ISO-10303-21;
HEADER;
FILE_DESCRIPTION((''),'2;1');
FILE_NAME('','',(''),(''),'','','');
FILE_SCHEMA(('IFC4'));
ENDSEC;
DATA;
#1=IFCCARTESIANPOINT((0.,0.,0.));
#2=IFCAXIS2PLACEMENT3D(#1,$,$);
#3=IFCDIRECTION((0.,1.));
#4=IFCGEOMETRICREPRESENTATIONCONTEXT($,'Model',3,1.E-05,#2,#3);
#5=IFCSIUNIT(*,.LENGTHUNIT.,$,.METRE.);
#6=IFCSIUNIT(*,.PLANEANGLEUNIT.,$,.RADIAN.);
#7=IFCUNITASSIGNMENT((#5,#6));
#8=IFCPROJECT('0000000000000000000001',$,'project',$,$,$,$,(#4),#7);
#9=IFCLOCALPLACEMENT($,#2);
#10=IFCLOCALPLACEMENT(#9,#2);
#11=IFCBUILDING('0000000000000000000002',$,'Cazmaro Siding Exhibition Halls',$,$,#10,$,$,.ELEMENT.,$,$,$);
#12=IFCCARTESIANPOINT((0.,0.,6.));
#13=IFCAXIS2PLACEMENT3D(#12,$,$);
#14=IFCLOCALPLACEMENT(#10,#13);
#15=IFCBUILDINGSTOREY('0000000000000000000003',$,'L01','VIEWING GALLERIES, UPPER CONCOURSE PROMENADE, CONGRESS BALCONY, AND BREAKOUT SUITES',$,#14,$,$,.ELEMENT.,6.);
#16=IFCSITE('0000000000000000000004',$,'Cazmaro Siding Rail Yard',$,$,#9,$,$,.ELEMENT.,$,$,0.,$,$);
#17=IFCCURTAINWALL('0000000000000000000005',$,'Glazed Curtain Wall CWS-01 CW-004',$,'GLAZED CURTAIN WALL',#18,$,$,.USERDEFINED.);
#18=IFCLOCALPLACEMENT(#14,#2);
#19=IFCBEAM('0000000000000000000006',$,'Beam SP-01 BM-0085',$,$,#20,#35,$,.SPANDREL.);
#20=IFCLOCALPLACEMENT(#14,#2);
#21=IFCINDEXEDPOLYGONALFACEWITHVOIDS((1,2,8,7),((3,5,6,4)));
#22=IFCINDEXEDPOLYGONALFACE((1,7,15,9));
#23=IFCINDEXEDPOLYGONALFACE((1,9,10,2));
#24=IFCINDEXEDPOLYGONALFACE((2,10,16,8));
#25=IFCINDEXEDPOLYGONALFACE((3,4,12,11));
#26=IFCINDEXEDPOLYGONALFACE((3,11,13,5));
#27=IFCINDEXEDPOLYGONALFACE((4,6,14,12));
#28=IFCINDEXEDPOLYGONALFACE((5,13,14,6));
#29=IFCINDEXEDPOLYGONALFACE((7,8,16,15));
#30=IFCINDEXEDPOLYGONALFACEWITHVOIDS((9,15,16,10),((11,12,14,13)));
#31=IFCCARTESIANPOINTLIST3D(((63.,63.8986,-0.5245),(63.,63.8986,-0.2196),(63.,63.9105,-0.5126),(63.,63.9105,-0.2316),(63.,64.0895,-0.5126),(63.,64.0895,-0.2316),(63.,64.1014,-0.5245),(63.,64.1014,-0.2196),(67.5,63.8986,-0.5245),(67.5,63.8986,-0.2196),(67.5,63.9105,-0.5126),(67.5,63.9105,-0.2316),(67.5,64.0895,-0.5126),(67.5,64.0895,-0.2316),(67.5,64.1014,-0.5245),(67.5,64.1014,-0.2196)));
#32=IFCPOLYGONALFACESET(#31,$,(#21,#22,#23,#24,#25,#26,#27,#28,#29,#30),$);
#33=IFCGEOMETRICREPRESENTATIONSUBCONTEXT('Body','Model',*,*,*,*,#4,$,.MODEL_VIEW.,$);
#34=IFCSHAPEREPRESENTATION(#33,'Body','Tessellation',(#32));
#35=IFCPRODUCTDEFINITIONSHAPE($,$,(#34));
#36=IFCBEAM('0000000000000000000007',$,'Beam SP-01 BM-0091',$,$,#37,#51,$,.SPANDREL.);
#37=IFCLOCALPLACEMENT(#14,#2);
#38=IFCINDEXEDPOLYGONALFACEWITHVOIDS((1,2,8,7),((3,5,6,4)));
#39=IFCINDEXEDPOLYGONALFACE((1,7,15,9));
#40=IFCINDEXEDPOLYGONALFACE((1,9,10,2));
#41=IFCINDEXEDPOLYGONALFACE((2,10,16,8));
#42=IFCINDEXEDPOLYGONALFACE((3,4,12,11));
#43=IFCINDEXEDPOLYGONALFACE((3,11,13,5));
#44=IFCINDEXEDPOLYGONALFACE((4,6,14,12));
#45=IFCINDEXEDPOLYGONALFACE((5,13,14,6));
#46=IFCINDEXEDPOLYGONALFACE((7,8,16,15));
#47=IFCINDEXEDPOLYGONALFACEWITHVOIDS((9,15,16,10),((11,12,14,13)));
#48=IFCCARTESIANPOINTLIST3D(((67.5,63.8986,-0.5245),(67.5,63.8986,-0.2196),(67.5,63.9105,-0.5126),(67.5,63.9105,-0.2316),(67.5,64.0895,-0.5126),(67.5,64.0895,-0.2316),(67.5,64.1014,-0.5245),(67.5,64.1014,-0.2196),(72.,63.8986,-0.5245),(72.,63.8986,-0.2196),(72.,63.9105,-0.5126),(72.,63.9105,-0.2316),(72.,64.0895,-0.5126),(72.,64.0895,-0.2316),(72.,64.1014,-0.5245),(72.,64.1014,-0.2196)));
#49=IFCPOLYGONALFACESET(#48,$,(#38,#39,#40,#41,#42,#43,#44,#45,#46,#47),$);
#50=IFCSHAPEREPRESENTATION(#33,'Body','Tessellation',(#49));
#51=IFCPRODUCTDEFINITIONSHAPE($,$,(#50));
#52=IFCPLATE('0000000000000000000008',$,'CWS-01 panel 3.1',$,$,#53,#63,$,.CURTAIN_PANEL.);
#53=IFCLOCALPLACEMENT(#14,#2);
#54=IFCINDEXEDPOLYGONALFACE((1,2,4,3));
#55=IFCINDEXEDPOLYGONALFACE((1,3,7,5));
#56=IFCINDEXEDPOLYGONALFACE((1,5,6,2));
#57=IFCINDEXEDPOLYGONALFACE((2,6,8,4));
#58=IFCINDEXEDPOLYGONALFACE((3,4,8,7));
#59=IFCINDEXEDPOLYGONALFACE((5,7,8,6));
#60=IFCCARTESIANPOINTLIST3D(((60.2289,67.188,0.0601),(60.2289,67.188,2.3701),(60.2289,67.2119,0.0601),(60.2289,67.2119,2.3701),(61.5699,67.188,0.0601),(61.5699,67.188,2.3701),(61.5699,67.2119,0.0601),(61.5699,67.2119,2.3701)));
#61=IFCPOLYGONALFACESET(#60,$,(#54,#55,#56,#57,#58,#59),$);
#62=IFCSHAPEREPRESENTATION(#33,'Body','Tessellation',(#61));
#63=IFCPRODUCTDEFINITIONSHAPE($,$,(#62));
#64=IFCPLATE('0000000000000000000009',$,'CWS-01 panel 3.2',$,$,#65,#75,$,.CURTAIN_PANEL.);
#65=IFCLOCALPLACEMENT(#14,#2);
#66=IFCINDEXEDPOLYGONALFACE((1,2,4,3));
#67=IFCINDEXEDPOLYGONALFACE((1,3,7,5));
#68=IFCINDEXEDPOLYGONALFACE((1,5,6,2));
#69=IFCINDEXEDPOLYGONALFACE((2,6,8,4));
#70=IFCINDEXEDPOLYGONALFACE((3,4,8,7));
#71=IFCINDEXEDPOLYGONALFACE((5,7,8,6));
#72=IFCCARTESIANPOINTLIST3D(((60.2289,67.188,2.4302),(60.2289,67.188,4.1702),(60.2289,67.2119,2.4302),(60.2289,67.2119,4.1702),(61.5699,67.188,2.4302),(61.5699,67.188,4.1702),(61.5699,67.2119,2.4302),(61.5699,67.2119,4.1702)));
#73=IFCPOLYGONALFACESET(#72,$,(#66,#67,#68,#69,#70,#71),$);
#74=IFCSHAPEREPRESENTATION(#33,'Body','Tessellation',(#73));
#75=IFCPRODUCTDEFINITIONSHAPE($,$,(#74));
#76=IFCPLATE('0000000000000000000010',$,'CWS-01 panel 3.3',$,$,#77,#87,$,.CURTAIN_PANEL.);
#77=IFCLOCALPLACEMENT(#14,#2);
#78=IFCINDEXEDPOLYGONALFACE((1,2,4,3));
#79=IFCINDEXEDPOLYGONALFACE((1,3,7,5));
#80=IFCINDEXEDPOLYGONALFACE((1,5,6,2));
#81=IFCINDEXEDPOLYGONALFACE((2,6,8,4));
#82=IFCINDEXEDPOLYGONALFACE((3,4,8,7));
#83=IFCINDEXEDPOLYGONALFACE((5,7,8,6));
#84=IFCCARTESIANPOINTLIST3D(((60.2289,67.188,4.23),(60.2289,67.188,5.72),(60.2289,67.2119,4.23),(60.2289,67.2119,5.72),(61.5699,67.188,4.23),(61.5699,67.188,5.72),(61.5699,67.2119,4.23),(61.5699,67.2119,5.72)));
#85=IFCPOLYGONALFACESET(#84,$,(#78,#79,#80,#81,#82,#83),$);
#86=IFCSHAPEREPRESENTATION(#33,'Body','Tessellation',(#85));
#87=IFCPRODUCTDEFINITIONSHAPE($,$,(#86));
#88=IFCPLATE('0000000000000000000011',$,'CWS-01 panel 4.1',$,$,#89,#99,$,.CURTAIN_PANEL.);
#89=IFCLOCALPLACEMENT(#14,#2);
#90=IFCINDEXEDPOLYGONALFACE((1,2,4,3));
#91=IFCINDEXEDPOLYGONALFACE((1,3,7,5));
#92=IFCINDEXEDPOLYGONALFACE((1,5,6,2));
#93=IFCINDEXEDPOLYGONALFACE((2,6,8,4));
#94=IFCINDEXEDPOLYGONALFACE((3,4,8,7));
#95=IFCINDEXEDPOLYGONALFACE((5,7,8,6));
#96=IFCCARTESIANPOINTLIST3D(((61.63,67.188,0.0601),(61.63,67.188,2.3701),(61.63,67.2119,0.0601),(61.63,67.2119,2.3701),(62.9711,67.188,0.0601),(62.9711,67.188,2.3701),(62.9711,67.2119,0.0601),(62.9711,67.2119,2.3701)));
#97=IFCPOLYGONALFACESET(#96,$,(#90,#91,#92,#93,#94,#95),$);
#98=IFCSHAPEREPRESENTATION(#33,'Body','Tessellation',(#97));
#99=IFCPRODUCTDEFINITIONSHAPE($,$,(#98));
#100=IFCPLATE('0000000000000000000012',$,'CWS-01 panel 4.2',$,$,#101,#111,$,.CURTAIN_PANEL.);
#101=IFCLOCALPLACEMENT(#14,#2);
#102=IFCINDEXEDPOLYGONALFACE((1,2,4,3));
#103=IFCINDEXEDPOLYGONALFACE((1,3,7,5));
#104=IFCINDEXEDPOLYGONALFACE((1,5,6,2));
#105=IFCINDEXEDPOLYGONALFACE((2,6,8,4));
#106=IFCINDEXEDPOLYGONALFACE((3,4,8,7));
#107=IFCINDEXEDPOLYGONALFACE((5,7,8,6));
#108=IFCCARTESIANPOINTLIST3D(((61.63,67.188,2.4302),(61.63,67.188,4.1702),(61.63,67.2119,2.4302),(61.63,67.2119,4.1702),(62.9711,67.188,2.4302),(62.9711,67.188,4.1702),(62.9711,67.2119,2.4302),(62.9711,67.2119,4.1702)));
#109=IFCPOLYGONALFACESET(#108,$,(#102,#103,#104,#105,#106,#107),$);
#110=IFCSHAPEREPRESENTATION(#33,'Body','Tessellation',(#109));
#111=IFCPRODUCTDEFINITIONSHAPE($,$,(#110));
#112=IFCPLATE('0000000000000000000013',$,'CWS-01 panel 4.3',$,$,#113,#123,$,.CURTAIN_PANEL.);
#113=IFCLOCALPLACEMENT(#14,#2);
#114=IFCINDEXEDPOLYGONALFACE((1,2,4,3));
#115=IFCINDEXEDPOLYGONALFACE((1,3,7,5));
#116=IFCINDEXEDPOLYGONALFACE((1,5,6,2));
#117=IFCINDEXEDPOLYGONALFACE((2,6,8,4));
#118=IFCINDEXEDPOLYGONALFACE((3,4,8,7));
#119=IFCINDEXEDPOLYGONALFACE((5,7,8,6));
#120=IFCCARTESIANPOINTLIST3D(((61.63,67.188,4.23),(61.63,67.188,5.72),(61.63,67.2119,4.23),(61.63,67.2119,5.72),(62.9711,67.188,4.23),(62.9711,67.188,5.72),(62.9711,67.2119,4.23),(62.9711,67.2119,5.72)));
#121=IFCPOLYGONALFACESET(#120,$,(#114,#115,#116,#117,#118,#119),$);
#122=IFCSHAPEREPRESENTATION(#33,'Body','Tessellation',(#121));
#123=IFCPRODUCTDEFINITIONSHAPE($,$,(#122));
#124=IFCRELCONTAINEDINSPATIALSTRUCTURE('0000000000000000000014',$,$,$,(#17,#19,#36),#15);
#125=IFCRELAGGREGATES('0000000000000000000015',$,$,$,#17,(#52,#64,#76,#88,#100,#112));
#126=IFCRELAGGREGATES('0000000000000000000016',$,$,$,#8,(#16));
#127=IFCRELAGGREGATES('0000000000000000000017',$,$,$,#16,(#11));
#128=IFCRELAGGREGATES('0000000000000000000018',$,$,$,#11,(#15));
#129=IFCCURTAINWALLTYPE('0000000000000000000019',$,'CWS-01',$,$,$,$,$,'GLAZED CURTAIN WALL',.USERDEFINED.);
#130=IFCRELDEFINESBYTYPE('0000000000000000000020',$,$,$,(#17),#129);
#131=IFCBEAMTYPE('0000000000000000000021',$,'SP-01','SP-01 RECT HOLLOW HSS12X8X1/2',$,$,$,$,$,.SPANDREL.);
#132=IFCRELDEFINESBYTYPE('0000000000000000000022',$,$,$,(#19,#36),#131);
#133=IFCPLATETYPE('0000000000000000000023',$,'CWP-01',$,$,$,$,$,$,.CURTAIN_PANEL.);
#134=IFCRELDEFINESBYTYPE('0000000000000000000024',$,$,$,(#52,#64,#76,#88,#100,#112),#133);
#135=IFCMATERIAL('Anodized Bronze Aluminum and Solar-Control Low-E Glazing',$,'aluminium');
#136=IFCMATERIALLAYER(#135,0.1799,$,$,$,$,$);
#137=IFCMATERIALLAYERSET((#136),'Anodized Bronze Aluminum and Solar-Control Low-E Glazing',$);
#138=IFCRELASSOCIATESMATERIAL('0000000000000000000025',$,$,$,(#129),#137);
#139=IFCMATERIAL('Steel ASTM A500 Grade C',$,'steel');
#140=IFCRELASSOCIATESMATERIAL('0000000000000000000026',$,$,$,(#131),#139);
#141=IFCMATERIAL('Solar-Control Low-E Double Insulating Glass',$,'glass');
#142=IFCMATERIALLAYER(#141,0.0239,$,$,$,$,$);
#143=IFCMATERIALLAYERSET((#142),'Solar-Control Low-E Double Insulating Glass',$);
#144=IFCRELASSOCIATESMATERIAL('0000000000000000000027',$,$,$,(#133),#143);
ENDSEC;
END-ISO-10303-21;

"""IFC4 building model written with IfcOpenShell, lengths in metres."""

from ifc_helpers import new_model, si_unit, direction, frame, origin, origin_2d, place, context, subcontext, project, spatial, rectangle, hollow_rectangle, extrude, material, layer, layer_set, material_profile, profile_set, type_object, element, aggregate, save


model = new_model("IFC4")

# Units and contexts
model_context = context("Model", 3, precision=1e-05, world=origin(), true_north=direction((0.0, 1.0)))
body_context = subcontext(model_context, "Body", "Model", "MODEL_VIEW")
ifc_project = project(units=[si_unit("LENGTHUNIT", "METRE"), si_unit("PLANEANGLEUNIT", "RADIAN")], contexts=[model_context])

# Site, building, storey
site_placement = place(None, origin())
site = spatial("IfcSite", under=ifc_project, at=site_placement, Name="Cazmaro Siding Rail Yard", CompositionType="ELEMENT", RefElevation=0.0)
building_placement = place(site_placement, origin())
building = spatial("IfcBuilding", under=site, at=building_placement, Name="Cazmaro Siding Exhibition Halls", CompositionType="ELEMENT")
storey_placement = place(building_placement, frame((0.0, 0.0, 6.0)))
storey = spatial("IfcBuildingStorey", under=building, at=storey_placement, Name="L01", Description="VIEWING GALLERIES, UPPER CONCOURSE PROMENADE, CONGRESS BALCONY, AND BREAKOUT SUITES", CompositionType="ELEMENT", Elevation=6.0)

# Curtain wall
ifc_material_1 = material(Name="Anodized Bronze Aluminum and Solar-Control Low-E Glazing", Category="aluminium")
ifc_layer_1 = layer(ifc_material_1, 0.1799)
ifc_layer_set_1 = layer_set([ifc_layer_1], Name="Anodized Bronze Aluminum and Solar-Control Low-E Glazing")
curtain_wall_type = type_object("IfcCurtainWallType", Name="CWS-01", ElementType="GLAZED CURTAIN WALL", PredefinedType="USERDEFINED", material=ifc_layer_set_1)
curtain_wall_placement = place(storey_placement, origin())
curtain_wall = element("IfcCurtainWall", 1, at=curtain_wall_placement, inside=storey, type_object=curtain_wall_type, Name="Glazed Curtain Wall CWS-01 CW-004", ObjectType="GLAZED CURTAIN WALL", PredefinedType="USERDEFINED")

# Beams
ifc_material_2 = material(Name="Steel ASTM A500 Grade C", Category="steel")
ifc_material_profile_1 = material_profile(ifc_material_2, hollow_rectangle(XDim=0.2029, YDim=0.3049, WallThickness=0.012, at=origin_2d()), Name="HSS12X8X1/2")
ifc_profile_set_1 = profile_set([ifc_material_profile_1], Name="Steel ASTM A500 Grade C")
beam_type = type_object("IfcBeamType", Name="SP-01", Description="SP-01 RECT HOLLOW HSS12X8X1/2", PredefinedType="SPANDREL", material=ifc_profile_set_1)
for number, where, z_axis, x_axis, name in (
    (2, (63.0, 64.0, -0.3721), (1.0, 0.0, 0.0), (0.0, 1.0, 0.0), "Beam SP-01 BM-0085"),
    (3, (67.5, 64.0, -0.3721), (1.0, 0.0, 0.0), (0.0, 1.0, 0.0), "Beam SP-01 BM-0091"),
):
    element("IfcBeam", number, at=place(storey_placement, frame(where, z_axis=z_axis, x_axis=x_axis)), inside=storey, type_object=beam_type, Name=name, PredefinedType="SPANDREL", context=body_context, shape_type="SweptSolid", body=[
        extrude(hollow_rectangle(XDim=0.2029, YDim=0.3049, WallThickness=0.012, at=origin_2d()), origin(), (0.0, 0.0, 1.0), 4.5),
    ])

# Plates
ifc_material_3 = material(Name="Solar-Control Low-E Double Insulating Glass", Category="glass")
ifc_layer_2 = layer(ifc_material_3, 0.0239)
ifc_layer_set_2 = layer_set([ifc_layer_2], Name="Solar-Control Low-E Double Insulating Glass")
plate_type = type_object("IfcPlateType", Name="CWP-01", PredefinedType="CURTAIN_PANEL", material=ifc_layer_set_2)
plate_1_placement = place(storey_placement, frame((60.8994, 67.2, 0.0601), z_axis=(0.0, 0.0, 1.0), x_axis=(1.0, 0.0, 0.0)))
plate_1 = element("IfcPlate", 4, at=plate_1_placement, type_object=plate_type, Name="CWS-01 panel 3.1", PredefinedType="CURTAIN_PANEL", context=body_context, shape_type="SweptSolid", body=[
    extrude(rectangle(XDim=1.3411, YDim=0.0239, at=origin_2d()), origin(), (0.0, 0.0, 1.0), 2.3101),
])
plate_2_placement = place(storey_placement, frame((60.8994, 67.2, 2.4302), z_axis=(0.0, 0.0, 1.0), x_axis=(1.0, 0.0, 0.0)))
plate_2 = element("IfcPlate", 5, at=plate_2_placement, type_object=plate_type, Name="CWS-01 panel 3.2", PredefinedType="CURTAIN_PANEL", context=body_context, shape_type="SweptSolid", body=[
    extrude(rectangle(XDim=1.3411, YDim=0.0239, at=origin_2d()), origin(), (0.0, 0.0, 1.0), 1.74),
])
plate_3_placement = place(storey_placement, frame((60.8994, 67.2, 4.23), z_axis=(0.0, 0.0, 1.0), x_axis=(1.0, 0.0, 0.0)))
plate_3 = element("IfcPlate", 6, at=plate_3_placement, type_object=plate_type, Name="CWS-01 panel 3.3", PredefinedType="CURTAIN_PANEL", context=body_context, shape_type="SweptSolid", body=[
    extrude(rectangle(XDim=1.3411, YDim=0.0239, at=origin_2d()), origin(), (0.0, 0.0, 1.0), 1.49),
])
plate_4_placement = place(storey_placement, frame((62.3005, 67.2, 0.0601), z_axis=(0.0, 0.0, 1.0), x_axis=(1.0, 0.0, 0.0)))
plate_4 = element("IfcPlate", 7, at=plate_4_placement, type_object=plate_type, Name="CWS-01 panel 4.1", PredefinedType="CURTAIN_PANEL", context=body_context, shape_type="SweptSolid", body=[
    extrude(rectangle(XDim=1.3411, YDim=0.0239, at=origin_2d()), origin(), (0.0, 0.0, 1.0), 2.3101),
])
plate_5_placement = place(storey_placement, frame((62.3005, 67.2, 2.4302), z_axis=(0.0, 0.0, 1.0), x_axis=(1.0, 0.0, 0.0)))
plate_5 = element("IfcPlate", 8, at=plate_5_placement, type_object=plate_type, Name="CWS-01 panel 4.2", PredefinedType="CURTAIN_PANEL", context=body_context, shape_type="SweptSolid", body=[
    extrude(rectangle(XDim=1.3411, YDim=0.0239, at=origin_2d()), origin(), (0.0, 0.0, 1.0), 1.74),
])
plate_6_placement = place(storey_placement, frame((62.3005, 67.2, 4.23), z_axis=(0.0, 0.0, 1.0), x_axis=(1.0, 0.0, 0.0)))
plate_6 = element("IfcPlate", 9, at=plate_6_placement, type_object=plate_type, Name="CWS-01 panel 4.3", PredefinedType="CURTAIN_PANEL", context=body_context, shape_type="SweptSolid", body=[
    extrude(rectangle(XDim=1.3411, YDim=0.0239, at=origin_2d()), origin(), (0.0, 0.0, 1.0), 1.49),
])
aggregate(curtain_wall, [plate_1, plate_2, plate_3, plate_4, plate_5, plate_6])

save(model, "model.ifc")
